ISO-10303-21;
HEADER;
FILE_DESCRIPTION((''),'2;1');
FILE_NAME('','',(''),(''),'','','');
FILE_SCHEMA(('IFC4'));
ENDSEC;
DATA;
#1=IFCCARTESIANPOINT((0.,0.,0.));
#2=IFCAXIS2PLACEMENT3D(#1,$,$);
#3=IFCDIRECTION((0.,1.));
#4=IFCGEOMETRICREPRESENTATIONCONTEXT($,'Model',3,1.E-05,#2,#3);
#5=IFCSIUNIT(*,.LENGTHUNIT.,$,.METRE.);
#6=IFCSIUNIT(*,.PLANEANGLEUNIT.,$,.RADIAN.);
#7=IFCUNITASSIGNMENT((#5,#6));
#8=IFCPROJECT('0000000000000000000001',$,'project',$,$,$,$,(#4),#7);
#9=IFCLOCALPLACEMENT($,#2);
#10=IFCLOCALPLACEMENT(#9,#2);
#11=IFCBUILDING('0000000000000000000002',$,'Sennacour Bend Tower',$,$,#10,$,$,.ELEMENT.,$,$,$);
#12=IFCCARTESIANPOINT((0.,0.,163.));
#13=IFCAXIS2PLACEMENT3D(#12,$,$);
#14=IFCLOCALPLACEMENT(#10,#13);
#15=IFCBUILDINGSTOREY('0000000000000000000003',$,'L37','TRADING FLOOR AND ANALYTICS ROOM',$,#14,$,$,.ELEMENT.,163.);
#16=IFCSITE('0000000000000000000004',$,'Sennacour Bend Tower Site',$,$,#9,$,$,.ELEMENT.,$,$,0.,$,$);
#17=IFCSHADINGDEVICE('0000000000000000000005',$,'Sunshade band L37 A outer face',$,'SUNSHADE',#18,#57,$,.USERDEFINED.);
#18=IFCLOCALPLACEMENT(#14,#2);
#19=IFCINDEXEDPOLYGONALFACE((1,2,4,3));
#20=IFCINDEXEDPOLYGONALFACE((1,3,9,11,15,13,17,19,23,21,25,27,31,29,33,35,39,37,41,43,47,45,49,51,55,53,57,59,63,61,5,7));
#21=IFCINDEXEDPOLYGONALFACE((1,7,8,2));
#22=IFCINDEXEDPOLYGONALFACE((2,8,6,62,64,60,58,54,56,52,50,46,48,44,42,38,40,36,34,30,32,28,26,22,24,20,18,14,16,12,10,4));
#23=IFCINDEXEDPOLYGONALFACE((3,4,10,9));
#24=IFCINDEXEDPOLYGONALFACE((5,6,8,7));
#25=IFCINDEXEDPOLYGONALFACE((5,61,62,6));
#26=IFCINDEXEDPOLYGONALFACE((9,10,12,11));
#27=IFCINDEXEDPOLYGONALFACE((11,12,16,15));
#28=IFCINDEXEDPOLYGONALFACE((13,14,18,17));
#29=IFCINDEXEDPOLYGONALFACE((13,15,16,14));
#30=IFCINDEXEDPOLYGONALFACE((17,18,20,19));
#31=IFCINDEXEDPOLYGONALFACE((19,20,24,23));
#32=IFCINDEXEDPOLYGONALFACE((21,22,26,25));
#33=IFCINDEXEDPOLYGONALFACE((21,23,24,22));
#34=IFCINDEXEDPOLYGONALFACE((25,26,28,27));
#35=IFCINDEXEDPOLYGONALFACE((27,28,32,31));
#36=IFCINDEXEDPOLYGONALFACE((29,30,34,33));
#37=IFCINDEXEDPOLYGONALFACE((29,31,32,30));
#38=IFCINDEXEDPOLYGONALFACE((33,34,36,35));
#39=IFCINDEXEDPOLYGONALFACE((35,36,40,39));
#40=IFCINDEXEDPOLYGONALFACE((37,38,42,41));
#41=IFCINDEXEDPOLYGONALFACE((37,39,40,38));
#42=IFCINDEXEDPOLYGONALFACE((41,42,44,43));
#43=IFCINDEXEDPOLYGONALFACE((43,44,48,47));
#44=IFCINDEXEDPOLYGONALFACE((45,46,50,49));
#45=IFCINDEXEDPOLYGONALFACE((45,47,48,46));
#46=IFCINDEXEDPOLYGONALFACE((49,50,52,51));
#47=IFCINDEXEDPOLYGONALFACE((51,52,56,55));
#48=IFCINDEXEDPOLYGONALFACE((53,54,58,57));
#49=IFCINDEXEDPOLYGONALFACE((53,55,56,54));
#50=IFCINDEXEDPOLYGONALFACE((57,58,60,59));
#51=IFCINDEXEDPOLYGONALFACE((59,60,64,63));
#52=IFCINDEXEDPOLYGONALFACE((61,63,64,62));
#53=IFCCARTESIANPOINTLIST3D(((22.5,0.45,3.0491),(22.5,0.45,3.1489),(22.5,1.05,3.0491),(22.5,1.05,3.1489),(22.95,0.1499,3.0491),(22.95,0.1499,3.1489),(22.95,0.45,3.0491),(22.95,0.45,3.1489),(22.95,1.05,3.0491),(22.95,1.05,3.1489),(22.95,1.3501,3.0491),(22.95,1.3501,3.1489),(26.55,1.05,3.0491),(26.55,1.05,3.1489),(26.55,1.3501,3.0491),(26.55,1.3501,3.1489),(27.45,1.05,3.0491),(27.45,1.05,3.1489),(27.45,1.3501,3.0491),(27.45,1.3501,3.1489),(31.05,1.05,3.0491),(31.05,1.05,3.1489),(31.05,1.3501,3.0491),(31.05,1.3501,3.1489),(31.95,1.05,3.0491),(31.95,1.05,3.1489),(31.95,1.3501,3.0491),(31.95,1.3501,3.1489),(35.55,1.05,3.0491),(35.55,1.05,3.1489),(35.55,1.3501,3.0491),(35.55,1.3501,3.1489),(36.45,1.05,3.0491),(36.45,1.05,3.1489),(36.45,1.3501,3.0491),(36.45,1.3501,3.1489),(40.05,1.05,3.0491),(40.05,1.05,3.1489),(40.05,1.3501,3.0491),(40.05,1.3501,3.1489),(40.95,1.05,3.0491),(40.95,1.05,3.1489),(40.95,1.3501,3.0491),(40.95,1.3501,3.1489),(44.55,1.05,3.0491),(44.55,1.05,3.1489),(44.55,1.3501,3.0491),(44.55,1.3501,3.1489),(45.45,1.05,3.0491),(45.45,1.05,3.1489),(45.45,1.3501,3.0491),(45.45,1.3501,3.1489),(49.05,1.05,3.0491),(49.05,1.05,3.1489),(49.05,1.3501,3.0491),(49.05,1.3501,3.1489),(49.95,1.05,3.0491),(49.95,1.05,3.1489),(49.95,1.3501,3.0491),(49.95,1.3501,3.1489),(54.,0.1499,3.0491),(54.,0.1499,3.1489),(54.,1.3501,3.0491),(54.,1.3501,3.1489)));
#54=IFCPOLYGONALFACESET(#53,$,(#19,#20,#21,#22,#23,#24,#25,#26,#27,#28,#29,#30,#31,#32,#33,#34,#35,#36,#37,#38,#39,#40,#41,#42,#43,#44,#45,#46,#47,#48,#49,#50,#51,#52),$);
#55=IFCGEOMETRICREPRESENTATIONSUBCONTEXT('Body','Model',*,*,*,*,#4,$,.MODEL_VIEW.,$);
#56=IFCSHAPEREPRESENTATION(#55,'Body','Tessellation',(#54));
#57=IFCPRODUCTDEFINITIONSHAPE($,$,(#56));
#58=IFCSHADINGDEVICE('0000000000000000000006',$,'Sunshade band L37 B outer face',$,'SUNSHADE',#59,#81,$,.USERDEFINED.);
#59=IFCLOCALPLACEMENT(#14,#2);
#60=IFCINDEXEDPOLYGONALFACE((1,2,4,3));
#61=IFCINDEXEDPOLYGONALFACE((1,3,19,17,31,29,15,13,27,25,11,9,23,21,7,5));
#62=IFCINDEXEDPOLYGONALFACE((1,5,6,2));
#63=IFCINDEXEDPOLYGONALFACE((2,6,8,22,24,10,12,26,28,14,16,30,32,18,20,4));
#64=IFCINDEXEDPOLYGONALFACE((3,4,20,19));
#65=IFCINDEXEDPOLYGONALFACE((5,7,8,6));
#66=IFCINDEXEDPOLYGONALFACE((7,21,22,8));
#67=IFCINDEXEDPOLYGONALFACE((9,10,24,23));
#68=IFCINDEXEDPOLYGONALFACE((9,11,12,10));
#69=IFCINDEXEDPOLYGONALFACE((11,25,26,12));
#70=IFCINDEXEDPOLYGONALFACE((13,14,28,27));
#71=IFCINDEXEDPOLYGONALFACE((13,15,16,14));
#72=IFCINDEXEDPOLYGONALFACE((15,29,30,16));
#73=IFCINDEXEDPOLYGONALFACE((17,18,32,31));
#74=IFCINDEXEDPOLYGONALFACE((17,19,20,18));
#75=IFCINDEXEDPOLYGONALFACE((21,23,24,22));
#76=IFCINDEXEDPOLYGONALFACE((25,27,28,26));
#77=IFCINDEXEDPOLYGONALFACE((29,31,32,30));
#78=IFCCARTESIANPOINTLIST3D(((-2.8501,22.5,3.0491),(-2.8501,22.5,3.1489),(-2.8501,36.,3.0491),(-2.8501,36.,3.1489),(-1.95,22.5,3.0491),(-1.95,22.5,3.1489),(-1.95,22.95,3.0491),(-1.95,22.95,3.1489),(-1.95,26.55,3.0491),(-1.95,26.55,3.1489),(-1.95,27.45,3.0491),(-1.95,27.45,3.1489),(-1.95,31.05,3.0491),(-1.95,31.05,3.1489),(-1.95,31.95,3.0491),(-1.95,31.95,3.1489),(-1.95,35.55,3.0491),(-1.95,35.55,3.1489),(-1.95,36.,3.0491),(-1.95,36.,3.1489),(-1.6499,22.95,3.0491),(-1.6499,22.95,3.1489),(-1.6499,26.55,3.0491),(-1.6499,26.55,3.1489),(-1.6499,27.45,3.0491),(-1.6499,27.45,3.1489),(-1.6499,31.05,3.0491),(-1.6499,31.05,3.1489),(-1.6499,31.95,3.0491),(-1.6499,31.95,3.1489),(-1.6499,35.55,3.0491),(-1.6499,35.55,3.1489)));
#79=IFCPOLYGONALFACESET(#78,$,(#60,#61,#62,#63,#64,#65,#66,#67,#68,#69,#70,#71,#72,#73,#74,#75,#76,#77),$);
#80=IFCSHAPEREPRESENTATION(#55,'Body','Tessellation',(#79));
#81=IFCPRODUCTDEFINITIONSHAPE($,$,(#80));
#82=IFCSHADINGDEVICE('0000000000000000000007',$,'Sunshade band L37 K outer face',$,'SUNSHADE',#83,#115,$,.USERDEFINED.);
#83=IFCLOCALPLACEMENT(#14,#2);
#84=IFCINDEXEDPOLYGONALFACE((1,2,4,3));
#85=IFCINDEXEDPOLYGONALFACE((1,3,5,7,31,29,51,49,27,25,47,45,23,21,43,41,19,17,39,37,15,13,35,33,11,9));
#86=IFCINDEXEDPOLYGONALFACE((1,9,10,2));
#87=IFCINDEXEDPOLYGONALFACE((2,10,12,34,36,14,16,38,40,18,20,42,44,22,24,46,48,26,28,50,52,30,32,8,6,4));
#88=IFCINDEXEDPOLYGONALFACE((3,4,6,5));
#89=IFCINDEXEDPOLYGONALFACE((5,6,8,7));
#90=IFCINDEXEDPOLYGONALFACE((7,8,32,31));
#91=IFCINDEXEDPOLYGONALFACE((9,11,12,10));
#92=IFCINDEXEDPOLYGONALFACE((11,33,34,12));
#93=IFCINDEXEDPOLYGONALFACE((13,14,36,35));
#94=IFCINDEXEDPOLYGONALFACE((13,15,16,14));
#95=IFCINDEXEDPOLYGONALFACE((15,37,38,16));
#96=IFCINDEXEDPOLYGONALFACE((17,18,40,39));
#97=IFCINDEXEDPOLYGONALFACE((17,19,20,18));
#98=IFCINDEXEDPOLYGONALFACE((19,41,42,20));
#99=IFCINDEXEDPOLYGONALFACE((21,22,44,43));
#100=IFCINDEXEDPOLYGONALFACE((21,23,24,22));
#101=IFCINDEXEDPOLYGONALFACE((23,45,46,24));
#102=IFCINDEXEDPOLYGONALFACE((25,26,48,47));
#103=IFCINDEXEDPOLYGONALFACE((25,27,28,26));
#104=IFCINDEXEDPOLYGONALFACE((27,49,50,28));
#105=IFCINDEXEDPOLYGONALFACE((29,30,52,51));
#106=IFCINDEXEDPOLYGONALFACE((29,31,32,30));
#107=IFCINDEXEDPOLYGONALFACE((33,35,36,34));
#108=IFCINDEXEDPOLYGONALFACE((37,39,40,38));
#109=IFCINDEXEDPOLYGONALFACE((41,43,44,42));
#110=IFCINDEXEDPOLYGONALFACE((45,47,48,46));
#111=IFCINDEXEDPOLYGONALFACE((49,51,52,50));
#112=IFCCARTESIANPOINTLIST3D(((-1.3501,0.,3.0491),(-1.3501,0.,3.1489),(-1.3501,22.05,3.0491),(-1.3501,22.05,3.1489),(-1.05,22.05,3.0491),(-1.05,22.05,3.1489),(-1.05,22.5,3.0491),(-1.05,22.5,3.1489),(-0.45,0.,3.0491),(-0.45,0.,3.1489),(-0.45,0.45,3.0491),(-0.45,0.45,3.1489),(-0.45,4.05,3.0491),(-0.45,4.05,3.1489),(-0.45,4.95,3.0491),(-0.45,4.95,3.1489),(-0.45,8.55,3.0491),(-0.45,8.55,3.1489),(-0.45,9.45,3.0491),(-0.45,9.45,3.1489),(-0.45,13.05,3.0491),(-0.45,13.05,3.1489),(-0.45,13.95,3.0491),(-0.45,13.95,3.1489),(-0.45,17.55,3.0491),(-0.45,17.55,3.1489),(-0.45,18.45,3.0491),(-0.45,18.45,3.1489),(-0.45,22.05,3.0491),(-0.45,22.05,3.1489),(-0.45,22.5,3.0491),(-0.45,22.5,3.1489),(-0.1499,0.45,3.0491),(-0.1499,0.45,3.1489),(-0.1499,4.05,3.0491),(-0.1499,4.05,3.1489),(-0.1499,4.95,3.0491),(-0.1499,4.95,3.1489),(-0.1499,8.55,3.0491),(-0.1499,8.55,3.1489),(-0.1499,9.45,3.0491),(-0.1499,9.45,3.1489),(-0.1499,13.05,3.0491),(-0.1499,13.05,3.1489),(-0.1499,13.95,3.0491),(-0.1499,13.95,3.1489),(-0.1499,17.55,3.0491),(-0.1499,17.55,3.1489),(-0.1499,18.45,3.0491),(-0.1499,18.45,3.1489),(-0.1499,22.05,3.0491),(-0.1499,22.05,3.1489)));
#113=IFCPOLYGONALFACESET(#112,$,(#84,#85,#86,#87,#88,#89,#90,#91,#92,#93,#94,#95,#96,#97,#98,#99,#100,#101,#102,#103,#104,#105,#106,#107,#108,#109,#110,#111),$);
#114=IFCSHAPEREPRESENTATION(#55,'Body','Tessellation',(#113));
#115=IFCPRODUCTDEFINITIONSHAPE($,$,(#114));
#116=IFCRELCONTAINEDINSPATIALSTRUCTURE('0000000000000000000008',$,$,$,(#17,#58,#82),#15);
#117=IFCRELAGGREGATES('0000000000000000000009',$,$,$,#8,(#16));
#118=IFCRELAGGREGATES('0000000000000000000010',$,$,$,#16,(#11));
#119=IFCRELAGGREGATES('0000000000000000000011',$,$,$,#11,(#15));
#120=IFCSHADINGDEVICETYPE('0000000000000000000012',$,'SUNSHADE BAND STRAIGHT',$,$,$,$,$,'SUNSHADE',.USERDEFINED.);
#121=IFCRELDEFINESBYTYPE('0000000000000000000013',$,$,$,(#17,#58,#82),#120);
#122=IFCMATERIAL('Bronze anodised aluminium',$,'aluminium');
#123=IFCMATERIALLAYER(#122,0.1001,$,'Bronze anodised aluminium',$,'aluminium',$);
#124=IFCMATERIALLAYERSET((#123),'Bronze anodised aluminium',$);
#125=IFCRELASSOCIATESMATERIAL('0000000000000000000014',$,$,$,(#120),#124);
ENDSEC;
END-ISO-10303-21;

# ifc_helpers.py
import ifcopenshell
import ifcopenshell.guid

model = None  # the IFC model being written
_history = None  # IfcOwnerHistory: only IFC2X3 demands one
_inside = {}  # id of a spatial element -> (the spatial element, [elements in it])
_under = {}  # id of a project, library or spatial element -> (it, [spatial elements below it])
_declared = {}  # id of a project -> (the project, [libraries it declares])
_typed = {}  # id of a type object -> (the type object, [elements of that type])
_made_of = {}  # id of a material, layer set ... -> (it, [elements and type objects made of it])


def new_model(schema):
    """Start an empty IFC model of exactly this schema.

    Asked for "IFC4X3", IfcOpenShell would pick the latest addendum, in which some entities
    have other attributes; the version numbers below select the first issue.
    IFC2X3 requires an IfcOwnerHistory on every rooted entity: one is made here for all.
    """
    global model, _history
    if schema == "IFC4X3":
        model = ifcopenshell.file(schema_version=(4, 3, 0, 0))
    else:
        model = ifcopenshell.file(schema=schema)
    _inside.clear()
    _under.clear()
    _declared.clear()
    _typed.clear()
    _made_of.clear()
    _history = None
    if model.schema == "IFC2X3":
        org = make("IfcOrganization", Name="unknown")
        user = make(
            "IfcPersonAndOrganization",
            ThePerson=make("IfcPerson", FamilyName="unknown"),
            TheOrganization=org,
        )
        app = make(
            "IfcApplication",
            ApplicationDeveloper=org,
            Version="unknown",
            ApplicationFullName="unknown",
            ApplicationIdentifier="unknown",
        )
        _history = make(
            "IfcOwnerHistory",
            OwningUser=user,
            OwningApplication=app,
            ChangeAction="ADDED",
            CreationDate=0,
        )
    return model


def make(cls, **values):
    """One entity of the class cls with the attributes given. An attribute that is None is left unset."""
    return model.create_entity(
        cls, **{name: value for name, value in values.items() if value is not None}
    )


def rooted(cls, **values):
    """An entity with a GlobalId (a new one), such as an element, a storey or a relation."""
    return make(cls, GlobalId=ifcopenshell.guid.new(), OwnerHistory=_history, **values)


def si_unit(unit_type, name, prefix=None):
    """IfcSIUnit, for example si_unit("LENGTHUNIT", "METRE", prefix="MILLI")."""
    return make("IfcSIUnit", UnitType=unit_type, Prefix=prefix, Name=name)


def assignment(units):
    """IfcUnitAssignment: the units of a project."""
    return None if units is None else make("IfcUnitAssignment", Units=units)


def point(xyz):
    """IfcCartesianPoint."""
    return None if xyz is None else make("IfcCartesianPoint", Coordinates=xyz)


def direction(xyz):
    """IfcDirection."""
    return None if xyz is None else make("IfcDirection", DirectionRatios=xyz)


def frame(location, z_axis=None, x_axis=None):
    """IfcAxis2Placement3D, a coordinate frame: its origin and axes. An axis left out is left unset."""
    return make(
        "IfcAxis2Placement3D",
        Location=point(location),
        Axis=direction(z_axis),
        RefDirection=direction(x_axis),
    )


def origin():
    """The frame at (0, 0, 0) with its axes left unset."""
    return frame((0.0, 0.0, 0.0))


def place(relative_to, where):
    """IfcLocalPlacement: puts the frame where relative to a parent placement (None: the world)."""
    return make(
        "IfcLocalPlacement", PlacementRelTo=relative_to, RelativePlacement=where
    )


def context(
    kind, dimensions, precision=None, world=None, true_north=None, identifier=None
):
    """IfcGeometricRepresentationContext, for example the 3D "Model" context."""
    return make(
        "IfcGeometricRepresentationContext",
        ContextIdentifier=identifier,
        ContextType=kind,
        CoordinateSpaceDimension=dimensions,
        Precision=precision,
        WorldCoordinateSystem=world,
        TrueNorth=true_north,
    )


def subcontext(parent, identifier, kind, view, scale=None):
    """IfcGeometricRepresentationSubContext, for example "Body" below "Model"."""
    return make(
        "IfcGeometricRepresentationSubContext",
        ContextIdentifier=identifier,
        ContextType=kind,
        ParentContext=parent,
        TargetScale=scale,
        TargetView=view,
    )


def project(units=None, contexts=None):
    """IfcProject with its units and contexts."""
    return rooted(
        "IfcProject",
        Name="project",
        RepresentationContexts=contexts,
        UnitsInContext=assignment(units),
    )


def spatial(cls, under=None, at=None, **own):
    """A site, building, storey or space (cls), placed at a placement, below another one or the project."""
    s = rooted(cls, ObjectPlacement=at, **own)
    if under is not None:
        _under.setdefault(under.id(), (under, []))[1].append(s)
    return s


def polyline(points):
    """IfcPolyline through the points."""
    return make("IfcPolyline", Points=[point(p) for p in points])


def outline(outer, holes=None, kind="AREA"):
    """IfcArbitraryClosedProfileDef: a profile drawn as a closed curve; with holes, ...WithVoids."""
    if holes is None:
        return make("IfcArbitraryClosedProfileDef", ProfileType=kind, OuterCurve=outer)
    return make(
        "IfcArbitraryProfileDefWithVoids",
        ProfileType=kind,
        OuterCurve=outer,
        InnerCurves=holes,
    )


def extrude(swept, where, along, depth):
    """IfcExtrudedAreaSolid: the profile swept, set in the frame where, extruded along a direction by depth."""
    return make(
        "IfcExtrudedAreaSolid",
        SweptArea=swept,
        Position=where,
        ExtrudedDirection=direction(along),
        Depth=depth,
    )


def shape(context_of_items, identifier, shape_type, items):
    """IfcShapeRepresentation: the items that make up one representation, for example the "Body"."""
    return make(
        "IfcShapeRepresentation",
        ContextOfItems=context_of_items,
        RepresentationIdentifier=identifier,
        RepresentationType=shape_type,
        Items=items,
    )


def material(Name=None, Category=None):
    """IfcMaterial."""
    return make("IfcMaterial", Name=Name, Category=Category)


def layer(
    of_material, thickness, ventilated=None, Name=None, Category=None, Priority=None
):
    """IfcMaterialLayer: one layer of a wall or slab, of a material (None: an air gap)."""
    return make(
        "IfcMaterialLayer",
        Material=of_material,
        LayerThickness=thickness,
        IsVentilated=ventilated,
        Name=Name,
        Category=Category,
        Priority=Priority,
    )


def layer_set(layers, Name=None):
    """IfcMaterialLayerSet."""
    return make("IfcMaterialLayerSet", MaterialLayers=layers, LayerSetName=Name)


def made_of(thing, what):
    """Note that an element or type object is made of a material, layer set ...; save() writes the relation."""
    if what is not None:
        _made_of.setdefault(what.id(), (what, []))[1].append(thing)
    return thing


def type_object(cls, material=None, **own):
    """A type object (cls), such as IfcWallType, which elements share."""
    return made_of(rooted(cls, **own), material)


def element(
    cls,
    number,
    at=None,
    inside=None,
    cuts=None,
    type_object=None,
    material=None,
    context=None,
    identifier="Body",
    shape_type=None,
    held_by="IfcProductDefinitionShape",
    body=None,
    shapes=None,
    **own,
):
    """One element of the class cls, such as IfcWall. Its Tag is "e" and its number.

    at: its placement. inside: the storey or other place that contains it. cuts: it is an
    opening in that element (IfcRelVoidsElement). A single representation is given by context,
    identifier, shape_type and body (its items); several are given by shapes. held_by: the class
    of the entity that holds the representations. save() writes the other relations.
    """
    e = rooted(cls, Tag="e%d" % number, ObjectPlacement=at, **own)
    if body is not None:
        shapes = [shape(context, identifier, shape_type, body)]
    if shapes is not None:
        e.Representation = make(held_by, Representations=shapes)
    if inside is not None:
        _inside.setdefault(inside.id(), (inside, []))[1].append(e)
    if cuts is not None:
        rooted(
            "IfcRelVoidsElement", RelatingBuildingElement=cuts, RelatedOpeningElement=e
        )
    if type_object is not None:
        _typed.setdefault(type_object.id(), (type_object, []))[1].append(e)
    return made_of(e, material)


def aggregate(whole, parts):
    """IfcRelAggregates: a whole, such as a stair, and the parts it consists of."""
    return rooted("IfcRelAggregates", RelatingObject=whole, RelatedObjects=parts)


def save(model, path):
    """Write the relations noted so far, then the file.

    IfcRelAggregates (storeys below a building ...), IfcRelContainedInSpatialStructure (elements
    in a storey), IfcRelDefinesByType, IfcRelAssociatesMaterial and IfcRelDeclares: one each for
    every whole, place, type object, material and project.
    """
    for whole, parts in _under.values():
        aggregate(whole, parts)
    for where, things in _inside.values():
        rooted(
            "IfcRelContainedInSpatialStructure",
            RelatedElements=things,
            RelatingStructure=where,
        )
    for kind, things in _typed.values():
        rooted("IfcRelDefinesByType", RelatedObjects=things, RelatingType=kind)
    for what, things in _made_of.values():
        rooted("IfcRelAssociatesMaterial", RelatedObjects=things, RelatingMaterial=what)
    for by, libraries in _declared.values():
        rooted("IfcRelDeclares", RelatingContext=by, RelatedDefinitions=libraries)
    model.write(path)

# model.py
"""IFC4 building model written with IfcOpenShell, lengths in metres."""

from ifc_helpers import new_model, si_unit, direction, frame, origin, place, context, subcontext, project, spatial, polyline, outline, extrude, material, layer, layer_set, type_object, element, save


model = new_model("IFC4")

# Units and contexts
model_context = context("Model", 3, precision=1e-05, world=origin(), true_north=direction((0.0, 1.0)))
body_context = subcontext(model_context, "Body", "Model", "MODEL_VIEW")
ifc_project = project(units=[si_unit("LENGTHUNIT", "METRE"), si_unit("PLANEANGLEUNIT", "RADIAN")], contexts=[model_context])

# Site, building, storey
site_placement = place(None, origin())
site = spatial("IfcSite", under=ifc_project, at=site_placement, Name="Sennacour Bend Tower Site", CompositionType="ELEMENT", RefElevation=0.0)
building_placement = place(site_placement, origin())
building = spatial("IfcBuilding", under=site, at=building_placement, Name="Sennacour Bend Tower", CompositionType="ELEMENT")
storey_placement = place(building_placement, frame((0.0, 0.0, 163.0)))
storey = spatial("IfcBuildingStorey", under=building, at=storey_placement, Name="L37", Description="TRADING FLOOR AND ANALYTICS ROOM", CompositionType="ELEMENT", Elevation=163.0)

# Shading devices
ifc_material_1 = material(Name="Bronze anodised aluminium", Category="aluminium")
ifc_layer_1 = layer(ifc_material_1, 0.1001, Name="Bronze anodised aluminium", Category="aluminium")
ifc_layer_set_1 = layer_set([ifc_layer_1], Name="Bronze anodised aluminium")
shading_device_type_1 = type_object("IfcShadingDeviceType", Name="SUNSHADE BAND STRAIGHT", ElementType="SUNSHADE", PredefinedType="USERDEFINED", material=ifc_layer_set_1)
shading_device_1_placement = place(storey_placement, frame((0.0, 0.0, 3.0491)))
element("IfcShadingDevice", 1, at=shading_device_1_placement, inside=storey, type_object=shading_device_type_1, Name="Sunshade band L37 A outer face", ObjectType="SUNSHADE", PredefinedType="USERDEFINED", context=body_context, shape_type="SweptSolid", body=[
    extrude(outline(polyline([(26.55, 1.3501), (26.55, 1.05), (27.45, 1.05), (27.45, 1.3501), (31.05, 1.3501), (31.05, 1.05), (31.95, 1.05), (31.95, 1.3501), (35.55, 1.3501), (35.55, 1.05), (36.45, 1.05), (36.45, 1.3501), (40.05, 1.3501), (40.05, 1.05), (40.95, 1.05), (40.95, 1.3501), (44.55, 1.3501), (44.55, 1.05), (45.45, 1.05), (45.45, 1.3501), (49.05, 1.3501), (49.05, 1.05), (49.95, 1.05), (49.95, 1.3501), (54.0, 1.3501), (54.0, 0.1499), (22.95, 0.1499), (22.95, 0.45), (22.5, 0.45), (22.5, 1.05), (22.95, 1.05), (22.95, 1.3501), (26.55, 1.3501)])), origin(), (0.0, 0.0, 1.0), 0.0999),
])
shading_device_2_placement = place(storey_placement, frame((0.0, 0.0, 3.0491)))
element("IfcShadingDevice", 2, at=shading_device_2_placement, inside=storey, type_object=shading_device_type_1, Name="Sunshade band L37 B outer face", ObjectType="SUNSHADE", PredefinedType="USERDEFINED", context=body_context, shape_type="SweptSolid", body=[
    extrude(outline(polyline([(-1.6499, 31.95), (-1.95, 31.95), (-1.95, 31.05), (-1.6499, 31.05), (-1.6499, 27.45), (-1.95, 27.45), (-1.95, 26.55), (-1.6499, 26.55), (-1.6499, 22.95), (-1.95, 22.95), (-1.95, 22.5), (-2.8501, 22.5), (-2.8501, 36.0), (-1.95, 36.0), (-1.95, 35.55), (-1.6499, 35.55), (-1.6499, 31.95)])), origin(), (0.0, 0.0, 1.0), 0.0999),
])
shading_device_3_placement = place(storey_placement, frame((0.0, 0.0, 3.0491)))
element("IfcShadingDevice", 3, at=shading_device_3_placement, inside=storey, type_object=shading_device_type_1, Name="Sunshade band L37 K outer face", ObjectType="SUNSHADE", PredefinedType="USERDEFINED", context=body_context, shape_type="SweptSolid", body=[
    extrude(outline(polyline([(-0.1499, 18.45), (-0.45, 18.45), (-0.45, 17.55), (-0.1499, 17.55), (-0.1499, 13.95), (-0.45, 13.95), (-0.45, 13.05), (-0.1499, 13.05), (-0.1499, 9.45), (-0.45, 9.45), (-0.45, 8.55), (-0.1499, 8.55), (-0.1499, 4.95), (-0.45, 4.95), (-0.45, 4.05), (-0.1499, 4.05), (-0.1499, 0.45), (-0.45, 0.45), (-0.45, 0.0), (-1.3501, 0.0), (-1.3501, 22.05), (-1.05, 22.05), (-1.05, 22.5), (-0.45, 22.5), (-0.45, 22.05), (-0.1499, 22.05), (-0.1499, 18.45)])), origin(), (0.0, 0.0, 1.0), 0.0999),
])

save(model, "model.ifc")
